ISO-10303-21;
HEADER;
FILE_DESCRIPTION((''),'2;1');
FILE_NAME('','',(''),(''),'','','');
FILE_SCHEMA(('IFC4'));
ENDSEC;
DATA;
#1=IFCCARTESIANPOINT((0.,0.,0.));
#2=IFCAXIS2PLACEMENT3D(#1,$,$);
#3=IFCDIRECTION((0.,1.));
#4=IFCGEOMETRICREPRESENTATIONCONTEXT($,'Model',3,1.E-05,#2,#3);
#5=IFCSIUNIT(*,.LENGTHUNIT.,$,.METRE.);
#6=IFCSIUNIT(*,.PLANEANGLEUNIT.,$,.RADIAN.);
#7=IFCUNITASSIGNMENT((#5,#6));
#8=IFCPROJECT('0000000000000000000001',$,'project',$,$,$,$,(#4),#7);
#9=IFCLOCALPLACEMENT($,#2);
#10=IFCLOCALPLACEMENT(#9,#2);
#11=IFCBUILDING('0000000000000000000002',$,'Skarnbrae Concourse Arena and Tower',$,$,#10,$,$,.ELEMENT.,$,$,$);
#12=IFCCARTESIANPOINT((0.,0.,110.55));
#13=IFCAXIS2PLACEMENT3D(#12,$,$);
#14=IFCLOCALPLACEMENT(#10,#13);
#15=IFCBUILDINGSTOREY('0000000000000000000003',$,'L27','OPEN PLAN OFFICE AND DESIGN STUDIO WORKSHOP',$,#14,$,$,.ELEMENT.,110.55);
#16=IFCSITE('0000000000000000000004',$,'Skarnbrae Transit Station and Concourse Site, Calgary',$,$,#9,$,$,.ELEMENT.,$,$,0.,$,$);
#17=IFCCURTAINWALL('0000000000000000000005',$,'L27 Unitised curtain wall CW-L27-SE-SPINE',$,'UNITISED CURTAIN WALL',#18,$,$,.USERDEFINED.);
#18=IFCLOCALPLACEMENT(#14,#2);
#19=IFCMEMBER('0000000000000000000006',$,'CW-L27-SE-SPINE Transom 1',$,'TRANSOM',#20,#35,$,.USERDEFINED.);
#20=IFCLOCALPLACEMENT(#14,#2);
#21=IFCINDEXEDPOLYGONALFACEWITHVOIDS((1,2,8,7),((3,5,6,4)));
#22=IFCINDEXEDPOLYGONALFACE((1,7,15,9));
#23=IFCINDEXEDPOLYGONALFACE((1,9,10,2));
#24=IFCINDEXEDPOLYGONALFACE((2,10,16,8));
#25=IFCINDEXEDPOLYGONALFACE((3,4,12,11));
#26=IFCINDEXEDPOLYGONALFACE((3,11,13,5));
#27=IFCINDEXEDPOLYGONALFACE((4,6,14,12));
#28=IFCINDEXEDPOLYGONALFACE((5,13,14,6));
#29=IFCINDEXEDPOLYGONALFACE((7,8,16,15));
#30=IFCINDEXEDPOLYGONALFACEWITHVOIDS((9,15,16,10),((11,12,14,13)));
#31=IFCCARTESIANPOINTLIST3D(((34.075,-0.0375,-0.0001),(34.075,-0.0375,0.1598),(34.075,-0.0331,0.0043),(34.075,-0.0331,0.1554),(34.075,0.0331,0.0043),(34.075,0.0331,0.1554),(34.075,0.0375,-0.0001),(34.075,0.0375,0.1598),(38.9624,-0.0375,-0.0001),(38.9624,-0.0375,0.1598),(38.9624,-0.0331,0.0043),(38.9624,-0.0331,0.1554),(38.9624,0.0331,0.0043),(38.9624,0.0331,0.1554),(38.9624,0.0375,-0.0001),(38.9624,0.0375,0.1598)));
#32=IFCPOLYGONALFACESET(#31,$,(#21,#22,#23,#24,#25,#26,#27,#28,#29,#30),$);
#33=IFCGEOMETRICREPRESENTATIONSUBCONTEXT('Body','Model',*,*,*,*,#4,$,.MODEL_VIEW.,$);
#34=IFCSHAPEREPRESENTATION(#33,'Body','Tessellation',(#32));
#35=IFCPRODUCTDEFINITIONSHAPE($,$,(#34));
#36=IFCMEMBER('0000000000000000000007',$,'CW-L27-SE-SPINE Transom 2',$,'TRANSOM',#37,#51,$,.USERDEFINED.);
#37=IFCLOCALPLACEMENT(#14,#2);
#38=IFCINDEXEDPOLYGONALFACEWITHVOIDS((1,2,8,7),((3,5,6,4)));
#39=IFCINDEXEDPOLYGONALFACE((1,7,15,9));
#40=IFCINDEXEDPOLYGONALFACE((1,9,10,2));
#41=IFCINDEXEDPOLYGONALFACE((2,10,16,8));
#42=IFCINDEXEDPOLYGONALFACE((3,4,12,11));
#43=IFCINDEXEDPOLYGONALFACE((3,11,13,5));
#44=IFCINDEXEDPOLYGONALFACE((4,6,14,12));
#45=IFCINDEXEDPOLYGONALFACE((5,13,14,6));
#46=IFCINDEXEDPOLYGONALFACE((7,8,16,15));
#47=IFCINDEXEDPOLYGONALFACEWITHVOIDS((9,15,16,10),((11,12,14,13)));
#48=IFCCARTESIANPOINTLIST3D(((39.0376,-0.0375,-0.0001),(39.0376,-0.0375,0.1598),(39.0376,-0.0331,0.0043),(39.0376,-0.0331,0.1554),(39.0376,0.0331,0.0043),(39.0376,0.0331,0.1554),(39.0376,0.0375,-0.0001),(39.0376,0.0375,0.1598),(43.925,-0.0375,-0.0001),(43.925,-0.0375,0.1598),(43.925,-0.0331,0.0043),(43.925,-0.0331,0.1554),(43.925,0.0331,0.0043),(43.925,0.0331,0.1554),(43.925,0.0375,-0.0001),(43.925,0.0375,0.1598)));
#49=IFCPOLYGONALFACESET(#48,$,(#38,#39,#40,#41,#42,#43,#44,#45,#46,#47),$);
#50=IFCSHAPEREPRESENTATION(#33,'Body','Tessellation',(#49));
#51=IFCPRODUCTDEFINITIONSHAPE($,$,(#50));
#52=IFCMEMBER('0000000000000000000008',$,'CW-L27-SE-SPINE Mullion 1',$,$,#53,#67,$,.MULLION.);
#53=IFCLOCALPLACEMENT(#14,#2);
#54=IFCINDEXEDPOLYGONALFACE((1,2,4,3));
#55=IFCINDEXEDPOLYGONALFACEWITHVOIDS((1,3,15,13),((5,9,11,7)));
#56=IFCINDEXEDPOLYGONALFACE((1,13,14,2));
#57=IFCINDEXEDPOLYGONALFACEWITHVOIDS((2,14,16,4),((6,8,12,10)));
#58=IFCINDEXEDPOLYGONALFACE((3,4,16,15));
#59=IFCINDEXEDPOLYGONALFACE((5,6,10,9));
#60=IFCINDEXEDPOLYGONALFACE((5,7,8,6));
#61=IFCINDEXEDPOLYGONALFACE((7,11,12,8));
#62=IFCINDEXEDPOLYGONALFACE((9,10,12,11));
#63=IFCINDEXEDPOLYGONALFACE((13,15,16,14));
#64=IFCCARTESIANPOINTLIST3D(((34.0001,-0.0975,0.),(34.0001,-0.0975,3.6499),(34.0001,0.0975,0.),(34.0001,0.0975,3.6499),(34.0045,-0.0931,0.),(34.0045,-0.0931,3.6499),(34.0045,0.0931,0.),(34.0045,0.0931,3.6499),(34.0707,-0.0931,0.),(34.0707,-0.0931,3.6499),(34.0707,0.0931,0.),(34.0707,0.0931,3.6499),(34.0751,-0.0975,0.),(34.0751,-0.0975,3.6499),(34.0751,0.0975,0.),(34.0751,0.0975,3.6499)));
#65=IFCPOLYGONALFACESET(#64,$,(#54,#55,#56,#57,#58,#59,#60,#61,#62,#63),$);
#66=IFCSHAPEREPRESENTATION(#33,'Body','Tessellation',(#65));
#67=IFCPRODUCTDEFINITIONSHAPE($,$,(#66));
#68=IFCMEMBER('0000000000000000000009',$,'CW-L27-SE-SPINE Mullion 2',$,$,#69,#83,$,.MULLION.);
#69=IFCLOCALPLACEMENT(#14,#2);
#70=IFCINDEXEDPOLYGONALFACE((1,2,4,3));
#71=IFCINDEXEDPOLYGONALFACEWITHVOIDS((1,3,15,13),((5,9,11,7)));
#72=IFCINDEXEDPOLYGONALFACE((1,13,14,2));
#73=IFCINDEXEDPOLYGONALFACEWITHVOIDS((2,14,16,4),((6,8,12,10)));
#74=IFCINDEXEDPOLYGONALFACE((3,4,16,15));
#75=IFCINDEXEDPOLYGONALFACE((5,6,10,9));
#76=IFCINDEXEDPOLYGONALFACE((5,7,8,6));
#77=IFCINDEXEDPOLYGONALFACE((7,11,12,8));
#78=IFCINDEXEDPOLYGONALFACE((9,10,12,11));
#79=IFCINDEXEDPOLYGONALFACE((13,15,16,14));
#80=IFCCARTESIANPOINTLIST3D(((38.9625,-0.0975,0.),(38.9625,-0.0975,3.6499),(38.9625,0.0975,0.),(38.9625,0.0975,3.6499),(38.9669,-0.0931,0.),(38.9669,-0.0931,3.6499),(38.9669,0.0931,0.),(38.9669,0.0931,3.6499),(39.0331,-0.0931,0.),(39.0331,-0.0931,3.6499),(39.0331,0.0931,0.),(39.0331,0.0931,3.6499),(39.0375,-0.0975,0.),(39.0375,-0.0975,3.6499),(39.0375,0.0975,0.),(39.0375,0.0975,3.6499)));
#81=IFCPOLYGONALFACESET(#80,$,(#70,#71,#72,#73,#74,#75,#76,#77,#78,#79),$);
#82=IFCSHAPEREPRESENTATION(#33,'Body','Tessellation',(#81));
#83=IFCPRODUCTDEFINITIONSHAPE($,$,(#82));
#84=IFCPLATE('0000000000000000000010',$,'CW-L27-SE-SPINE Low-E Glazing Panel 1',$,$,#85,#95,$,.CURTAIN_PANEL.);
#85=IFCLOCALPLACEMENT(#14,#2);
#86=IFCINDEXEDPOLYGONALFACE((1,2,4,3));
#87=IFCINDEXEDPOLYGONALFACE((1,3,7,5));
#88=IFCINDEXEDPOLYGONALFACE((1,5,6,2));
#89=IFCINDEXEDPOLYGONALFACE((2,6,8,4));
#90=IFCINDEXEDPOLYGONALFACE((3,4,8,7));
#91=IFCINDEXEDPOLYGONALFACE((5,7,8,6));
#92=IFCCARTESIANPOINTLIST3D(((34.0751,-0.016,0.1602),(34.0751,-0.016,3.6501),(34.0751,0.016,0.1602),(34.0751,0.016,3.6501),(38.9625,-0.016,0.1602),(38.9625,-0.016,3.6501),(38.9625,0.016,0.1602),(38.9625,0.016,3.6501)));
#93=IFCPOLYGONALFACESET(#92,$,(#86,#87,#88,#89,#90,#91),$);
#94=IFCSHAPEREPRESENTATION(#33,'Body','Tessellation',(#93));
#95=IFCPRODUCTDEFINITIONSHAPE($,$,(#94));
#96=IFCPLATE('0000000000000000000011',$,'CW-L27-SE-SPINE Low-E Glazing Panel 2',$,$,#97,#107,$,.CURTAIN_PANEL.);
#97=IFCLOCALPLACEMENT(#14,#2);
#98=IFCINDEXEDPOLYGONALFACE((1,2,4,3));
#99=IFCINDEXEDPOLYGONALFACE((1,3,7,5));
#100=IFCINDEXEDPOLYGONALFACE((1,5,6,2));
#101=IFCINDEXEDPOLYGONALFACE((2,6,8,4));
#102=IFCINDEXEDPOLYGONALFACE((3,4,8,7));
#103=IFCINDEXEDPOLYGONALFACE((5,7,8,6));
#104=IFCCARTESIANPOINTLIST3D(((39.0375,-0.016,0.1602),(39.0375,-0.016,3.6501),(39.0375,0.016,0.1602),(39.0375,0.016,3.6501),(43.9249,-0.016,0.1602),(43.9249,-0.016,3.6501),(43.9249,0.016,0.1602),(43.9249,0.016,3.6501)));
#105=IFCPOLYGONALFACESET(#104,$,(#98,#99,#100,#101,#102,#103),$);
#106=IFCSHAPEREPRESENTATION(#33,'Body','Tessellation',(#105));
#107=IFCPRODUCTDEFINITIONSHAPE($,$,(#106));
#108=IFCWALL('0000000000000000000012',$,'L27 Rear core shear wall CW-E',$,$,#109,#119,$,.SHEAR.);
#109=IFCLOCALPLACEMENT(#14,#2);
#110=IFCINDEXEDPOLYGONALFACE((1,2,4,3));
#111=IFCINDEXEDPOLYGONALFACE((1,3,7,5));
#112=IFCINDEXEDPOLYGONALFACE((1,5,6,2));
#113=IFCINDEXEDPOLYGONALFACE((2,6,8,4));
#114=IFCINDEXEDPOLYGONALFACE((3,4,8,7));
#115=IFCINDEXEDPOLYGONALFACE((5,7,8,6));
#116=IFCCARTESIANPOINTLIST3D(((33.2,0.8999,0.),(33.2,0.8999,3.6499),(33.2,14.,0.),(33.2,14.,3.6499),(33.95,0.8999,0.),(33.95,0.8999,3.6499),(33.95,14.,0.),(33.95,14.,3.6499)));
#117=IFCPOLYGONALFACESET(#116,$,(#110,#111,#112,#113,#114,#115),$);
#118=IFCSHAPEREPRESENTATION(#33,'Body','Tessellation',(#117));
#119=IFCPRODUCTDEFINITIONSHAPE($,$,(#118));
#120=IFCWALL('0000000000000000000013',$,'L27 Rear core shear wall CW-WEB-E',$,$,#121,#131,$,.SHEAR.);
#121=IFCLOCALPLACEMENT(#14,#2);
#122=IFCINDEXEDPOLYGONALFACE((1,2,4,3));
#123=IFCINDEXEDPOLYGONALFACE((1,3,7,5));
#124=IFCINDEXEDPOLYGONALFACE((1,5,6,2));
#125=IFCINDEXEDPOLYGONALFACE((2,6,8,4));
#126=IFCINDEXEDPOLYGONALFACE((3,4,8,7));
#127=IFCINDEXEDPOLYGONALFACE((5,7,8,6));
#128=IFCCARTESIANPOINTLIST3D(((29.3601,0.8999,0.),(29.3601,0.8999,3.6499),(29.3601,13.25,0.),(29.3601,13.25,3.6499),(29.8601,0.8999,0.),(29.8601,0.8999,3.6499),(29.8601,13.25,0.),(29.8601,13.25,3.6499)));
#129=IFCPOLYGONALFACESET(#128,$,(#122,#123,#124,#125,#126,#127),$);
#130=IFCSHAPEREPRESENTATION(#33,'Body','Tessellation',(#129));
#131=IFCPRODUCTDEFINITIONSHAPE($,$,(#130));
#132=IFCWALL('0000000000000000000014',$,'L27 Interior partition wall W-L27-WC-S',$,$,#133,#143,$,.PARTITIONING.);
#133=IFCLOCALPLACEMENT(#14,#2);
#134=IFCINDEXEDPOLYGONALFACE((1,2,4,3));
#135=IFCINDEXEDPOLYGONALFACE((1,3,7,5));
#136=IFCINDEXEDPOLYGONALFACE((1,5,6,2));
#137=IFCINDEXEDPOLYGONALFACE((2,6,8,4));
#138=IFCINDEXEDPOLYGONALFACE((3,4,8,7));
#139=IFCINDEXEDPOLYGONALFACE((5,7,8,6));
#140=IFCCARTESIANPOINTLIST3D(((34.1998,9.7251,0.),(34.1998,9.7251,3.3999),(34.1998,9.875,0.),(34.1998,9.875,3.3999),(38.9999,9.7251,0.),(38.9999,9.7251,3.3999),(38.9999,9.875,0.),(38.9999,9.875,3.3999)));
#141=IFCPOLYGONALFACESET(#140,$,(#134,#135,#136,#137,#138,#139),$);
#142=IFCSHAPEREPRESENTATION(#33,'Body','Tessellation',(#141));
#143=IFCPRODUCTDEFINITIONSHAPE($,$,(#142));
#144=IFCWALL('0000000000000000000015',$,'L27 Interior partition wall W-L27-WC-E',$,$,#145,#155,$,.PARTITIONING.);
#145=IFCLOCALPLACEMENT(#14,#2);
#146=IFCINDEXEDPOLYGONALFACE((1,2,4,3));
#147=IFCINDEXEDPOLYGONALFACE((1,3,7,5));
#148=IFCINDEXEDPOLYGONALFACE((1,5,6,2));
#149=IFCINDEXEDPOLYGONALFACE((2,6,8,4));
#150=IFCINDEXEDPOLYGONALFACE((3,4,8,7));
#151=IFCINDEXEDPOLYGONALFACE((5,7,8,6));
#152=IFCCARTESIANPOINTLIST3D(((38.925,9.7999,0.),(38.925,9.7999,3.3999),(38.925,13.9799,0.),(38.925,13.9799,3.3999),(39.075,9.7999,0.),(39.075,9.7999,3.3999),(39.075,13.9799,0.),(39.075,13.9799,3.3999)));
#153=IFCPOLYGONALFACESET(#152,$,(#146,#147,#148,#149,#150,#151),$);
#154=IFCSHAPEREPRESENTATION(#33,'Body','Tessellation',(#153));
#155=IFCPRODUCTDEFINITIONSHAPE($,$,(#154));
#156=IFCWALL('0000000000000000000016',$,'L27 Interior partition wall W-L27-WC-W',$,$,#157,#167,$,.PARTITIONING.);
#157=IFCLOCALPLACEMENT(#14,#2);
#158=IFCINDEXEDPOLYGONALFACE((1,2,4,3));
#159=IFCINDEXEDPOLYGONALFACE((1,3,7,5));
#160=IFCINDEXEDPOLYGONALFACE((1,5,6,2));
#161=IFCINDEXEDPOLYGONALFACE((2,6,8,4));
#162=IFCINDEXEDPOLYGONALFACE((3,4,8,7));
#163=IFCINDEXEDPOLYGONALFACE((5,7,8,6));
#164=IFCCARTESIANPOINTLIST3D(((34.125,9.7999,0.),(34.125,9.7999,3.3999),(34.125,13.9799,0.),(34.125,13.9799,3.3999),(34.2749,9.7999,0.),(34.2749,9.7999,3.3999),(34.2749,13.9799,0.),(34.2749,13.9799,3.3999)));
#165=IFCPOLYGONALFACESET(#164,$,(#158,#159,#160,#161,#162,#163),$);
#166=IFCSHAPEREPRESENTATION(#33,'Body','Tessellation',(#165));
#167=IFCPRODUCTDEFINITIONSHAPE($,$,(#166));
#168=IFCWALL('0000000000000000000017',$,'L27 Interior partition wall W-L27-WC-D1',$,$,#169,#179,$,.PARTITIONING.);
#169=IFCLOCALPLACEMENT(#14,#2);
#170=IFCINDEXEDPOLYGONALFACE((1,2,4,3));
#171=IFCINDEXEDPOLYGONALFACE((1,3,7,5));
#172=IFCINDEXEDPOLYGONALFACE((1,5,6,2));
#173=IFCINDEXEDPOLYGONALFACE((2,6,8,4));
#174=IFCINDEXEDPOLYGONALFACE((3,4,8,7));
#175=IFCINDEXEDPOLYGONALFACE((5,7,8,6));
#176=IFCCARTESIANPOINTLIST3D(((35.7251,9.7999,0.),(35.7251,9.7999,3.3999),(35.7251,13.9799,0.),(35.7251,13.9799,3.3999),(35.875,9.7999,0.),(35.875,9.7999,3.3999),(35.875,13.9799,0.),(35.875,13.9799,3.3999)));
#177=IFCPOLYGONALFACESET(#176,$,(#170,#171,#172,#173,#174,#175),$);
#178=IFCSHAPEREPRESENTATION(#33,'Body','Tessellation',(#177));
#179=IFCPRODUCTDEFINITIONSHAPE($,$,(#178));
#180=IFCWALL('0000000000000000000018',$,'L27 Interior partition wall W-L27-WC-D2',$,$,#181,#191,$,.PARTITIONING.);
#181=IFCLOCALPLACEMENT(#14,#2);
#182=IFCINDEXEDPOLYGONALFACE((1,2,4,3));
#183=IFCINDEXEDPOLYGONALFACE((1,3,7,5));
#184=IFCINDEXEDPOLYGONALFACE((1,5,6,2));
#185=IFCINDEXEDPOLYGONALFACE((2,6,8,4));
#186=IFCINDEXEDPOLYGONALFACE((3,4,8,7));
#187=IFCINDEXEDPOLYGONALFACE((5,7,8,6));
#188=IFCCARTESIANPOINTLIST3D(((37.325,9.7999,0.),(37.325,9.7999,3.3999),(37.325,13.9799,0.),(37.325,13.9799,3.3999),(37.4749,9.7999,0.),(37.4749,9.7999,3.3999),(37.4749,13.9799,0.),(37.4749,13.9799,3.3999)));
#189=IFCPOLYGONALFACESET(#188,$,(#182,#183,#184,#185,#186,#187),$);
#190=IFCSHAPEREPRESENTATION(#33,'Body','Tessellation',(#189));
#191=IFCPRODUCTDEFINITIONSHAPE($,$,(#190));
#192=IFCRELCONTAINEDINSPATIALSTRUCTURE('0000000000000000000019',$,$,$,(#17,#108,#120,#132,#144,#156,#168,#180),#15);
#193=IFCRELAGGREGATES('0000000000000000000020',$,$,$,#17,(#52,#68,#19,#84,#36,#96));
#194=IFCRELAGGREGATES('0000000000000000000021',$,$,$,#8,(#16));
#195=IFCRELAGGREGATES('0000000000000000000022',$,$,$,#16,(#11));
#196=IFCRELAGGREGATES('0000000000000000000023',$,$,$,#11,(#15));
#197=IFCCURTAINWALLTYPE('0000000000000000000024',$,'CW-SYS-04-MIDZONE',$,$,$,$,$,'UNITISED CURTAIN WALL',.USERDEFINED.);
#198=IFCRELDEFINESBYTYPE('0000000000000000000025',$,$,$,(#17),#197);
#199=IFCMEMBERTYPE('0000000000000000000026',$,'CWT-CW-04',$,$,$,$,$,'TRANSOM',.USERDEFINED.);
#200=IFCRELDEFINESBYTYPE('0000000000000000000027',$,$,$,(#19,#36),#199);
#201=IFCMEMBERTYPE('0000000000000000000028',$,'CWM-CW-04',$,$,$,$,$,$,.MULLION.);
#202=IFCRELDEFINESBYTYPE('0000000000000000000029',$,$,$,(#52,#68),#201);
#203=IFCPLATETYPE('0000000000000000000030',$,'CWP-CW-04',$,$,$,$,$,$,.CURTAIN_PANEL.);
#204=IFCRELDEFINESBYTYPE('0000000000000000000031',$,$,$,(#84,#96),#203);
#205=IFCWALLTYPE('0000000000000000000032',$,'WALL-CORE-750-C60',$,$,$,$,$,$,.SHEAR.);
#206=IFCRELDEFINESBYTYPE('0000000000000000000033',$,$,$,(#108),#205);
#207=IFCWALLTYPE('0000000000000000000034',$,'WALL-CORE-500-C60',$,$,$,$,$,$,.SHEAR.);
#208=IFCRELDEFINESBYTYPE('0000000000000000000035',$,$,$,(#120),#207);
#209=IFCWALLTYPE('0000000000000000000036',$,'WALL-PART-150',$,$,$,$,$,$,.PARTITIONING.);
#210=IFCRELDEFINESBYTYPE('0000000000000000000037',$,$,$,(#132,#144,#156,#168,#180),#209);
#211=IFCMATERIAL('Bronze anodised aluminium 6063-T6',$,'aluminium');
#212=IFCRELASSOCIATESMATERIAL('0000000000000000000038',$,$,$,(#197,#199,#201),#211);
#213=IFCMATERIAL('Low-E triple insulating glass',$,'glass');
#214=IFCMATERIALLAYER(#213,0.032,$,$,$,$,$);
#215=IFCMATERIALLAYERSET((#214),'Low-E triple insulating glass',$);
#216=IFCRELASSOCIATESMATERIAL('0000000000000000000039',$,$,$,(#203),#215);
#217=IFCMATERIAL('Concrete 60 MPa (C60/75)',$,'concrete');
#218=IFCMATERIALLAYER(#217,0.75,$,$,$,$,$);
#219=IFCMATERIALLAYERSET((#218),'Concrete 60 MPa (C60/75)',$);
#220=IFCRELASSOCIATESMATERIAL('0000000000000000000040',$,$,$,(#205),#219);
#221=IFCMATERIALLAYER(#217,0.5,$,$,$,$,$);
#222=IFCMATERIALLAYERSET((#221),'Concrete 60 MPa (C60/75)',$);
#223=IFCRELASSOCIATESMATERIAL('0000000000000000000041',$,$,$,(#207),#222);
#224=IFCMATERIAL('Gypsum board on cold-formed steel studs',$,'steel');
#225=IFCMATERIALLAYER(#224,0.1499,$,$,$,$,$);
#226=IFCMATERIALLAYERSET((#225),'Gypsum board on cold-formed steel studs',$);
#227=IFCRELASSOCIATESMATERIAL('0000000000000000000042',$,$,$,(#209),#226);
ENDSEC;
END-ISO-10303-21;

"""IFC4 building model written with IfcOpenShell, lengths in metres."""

from ifc_helpers import new_model, si_unit, direction, frame, frame_2d, origin, origin_2d, place, context, subcontext, project, spatial, rectangle, hollow_rectangle, extrude, source, transform, mapped, material, layer, layer_set, material_profile, profile_set, type_object, element, aggregate, save


model = new_model("IFC4")

# Units and contexts
model_context = context("Model", 3, precision=1e-05, world=origin(), true_north=direction((0.0, 1.0)))
body_context = subcontext(model_context, "Body", "Model", "MODEL_VIEW")
ifc_project = project(units=[si_unit("LENGTHUNIT", "METRE"), si_unit("PLANEANGLEUNIT", "RADIAN")], contexts=[model_context])

# Site, building, storey
site_placement = place(None, origin())
site = spatial("IfcSite", under=ifc_project, at=site_placement, Name="Skarnbrae Transit Station and Concourse Site, Calgary", CompositionType="ELEMENT", RefElevation=0.0)
building_placement = place(site_placement, origin())
building = spatial("IfcBuilding", under=site, at=building_placement, Name="Skarnbrae Concourse Arena and Tower", CompositionType="ELEMENT")
storey_placement = place(building_placement, frame((0.0, 0.0, 110.55)))
storey = spatial("IfcBuildingStorey", under=building, at=storey_placement, Name="L27", Description="OPEN PLAN OFFICE AND DESIGN STUDIO WORKSHOP", CompositionType="ELEMENT", Elevation=110.55)

# Curtain wall, members, plates
ifc_material_1 = material(Name="Bronze anodised aluminium 6063-T6", Category="aluminium")
curtain_wall_type = type_object("IfcCurtainWallType", Name="CW-SYS-04-MIDZONE", ElementType="UNITISED CURTAIN WALL", PredefinedType="USERDEFINED", material=ifc_material_1)
curtain_wall_placement = place(storey_placement, origin())
curtain_wall = element("IfcCurtainWall", 1, at=curtain_wall_placement, inside=storey, type_object=curtain_wall_type, Name="L27 Unitised curtain wall CW-L27-SE-SPINE", ObjectType="UNITISED CURTAIN WALL", PredefinedType="USERDEFINED")
ifc_material_profile_1 = material_profile(ifc_material_1, hollow_rectangle(XDim=0.075, YDim=0.1599, WallThickness=0.0044, at=origin_2d()), Name="ALU-TRAN-75X160")
ifc_profile_set_1 = profile_set([ifc_material_profile_1], Name="Bronze anodised aluminium 6063-T6")
member_type_1 = type_object("IfcMemberType", Name="CWT-CW-04", ElementType="TRANSOM", PredefinedType="USERDEFINED", material=ifc_profile_set_1)
shared_shape_1 = source(origin(), body_context, "Body", "SweptSolid", [
    extrude(hollow_rectangle(XDim=0.075, YDim=0.1599, WallThickness=0.0044, at=origin_2d()), origin(), (0.0, 0.0, 1.0), 4.8875),
])
member_1_placement = place(storey_placement, frame((34.075, 0.0, 0.0798), z_axis=(1.0, 0.0, 0.0), x_axis=(0.0, 1.0, 0.0)))
member_1 = element("IfcMember", 2, at=member_1_placement, type_object=member_type_1, Name="CW-L27-SE-SPINE Transom 1", ObjectType="TRANSOM", PredefinedType="USERDEFINED", context=body_context, shape_type="MappedRepresentation", body=[
    mapped(shared_shape_1, transform((0.0, 0.0, 0.0))),
])
member_2_placement = place(storey_placement, frame((39.0376, 0.0, 0.0798), z_axis=(1.0, 0.0, 0.0), x_axis=(0.0, 1.0, 0.0)))
member_2 = element("IfcMember", 3, at=member_2_placement, type_object=member_type_1, Name="CW-L27-SE-SPINE Transom 2", ObjectType="TRANSOM", PredefinedType="USERDEFINED", context=body_context, shape_type="MappedRepresentation", body=[
    mapped(shared_shape_1, transform((0.0, 0.0, 0.0))),
])
ifc_material_profile_2 = material_profile(ifc_material_1, hollow_rectangle(XDim=0.075, YDim=0.1951, WallThickness=0.0044, at=origin_2d()), Name="ALU-MULL-75X195")
ifc_profile_set_2 = profile_set([ifc_material_profile_2], Name="Bronze anodised aluminium 6063-T6")
member_type_2 = type_object("IfcMemberType", Name="CWM-CW-04", PredefinedType="MULLION", material=ifc_profile_set_2)
shared_shape_2 = source(origin(), body_context, "Body", "SweptSolid", [
    extrude(hollow_rectangle(XDim=0.075, YDim=0.1951, WallThickness=0.0044, at=origin_2d()), origin(), (0.0, 0.0, 1.0), 3.6499),
])
member_3_placement = place(storey_placement, frame((34.0376, 0.0, 0.0), z_axis=(0.0, 0.0, 1.0), x_axis=(1.0, 0.0, 0.0)))
member_3 = element("IfcMember", 4, at=member_3_placement, type_object=member_type_2, Name="CW-L27-SE-SPINE Mullion 1", PredefinedType="MULLION", context=body_context, shape_type="MappedRepresentation", body=[
    mapped(shared_shape_2, transform((0.0, 0.0, 0.0))),
])
member_4_placement = place(storey_placement, frame((39.0, 0.0, 0.0), z_axis=(0.0, 0.0, 1.0), x_axis=(1.0, 0.0, 0.0)))
member_4 = element("IfcMember", 5, at=member_4_placement, type_object=member_type_2, Name="CW-L27-SE-SPINE Mullion 2", PredefinedType="MULLION", context=body_context, shape_type="MappedRepresentation", body=[
    mapped(shared_shape_2, transform((0.0, 0.0, 0.0))),
])
ifc_material_2 = material(Name="Low-E triple insulating glass", Category="glass")
ifc_layer_1 = layer(ifc_material_2, 0.032)
ifc_layer_set_1 = layer_set([ifc_layer_1], Name="Low-E triple insulating glass")
plate_type = type_object("IfcPlateType", Name="CWP-CW-04", PredefinedType="CURTAIN_PANEL", material=ifc_layer_set_1)
shared_shape_3 = source(origin(), body_context, "Body", "SweptSolid", [
    extrude(rectangle(XDim=4.8875, YDim=0.032, at=origin_2d()), origin(), (0.0, 0.0, 1.0), 3.49),
])
plate_1_placement = place(storey_placement, frame((36.5188, 0.0, 0.1602), z_axis=(0.0, 0.0, 1.0), x_axis=(1.0, 0.0, 0.0)))
plate_1 = element("IfcPlate", 6, at=plate_1_placement, type_object=plate_type, Name="CW-L27-SE-SPINE Low-E Glazing Panel 1", PredefinedType="CURTAIN_PANEL", context=body_context, shape_type="MappedRepresentation", body=[
    mapped(shared_shape_3, transform((0.0, 0.0, 0.0))),
])
plate_2_placement = place(storey_placement, frame((41.4812, 0.0, 0.1602), z_axis=(0.0, 0.0, 1.0), x_axis=(1.0, 0.0, 0.0)))
plate_2 = element("IfcPlate", 7, at=plate_2_placement, type_object=plate_type, Name="CW-L27-SE-SPINE Low-E Glazing Panel 2", PredefinedType="CURTAIN_PANEL", context=body_context, shape_type="MappedRepresentation", body=[
    mapped(shared_shape_3, transform((0.0, 0.0, 0.0))),
])
aggregate(curtain_wall, [member_3, member_4, member_1, plate_1, member_2, plate_2])

# Walls
ifc_material_3 = material(Name="Concrete 60 MPa (C60/75)", Category="concrete")
ifc_layer_2 = layer(ifc_material_3, 0.75)
ifc_layer_set_2 = layer_set([ifc_layer_2], Name="Concrete 60 MPa (C60/75)")
wall_type_1 = type_object("IfcWallType", Name="WALL-CORE-750-C60", PredefinedType="SHEAR", material=ifc_layer_set_2)
shared_shape_4 = source(origin(), body_context, "Body", "SweptSolid", [
    extrude(rectangle(XDim=13.1001, YDim=0.75, at=frame_2d((6.55, 0.0))), origin(), (0.0, 0.0, 1.0), 3.6499),
])
wall_1_placement = place(storey_placement, frame((33.575, 0.8999, 0.0), z_axis=(0.0, 0.0, 1.0), x_axis=(0.0, 1.0, 0.0)))
element("IfcWall", 8, at=wall_1_placement, inside=storey, type_object=wall_type_1, Name="L27 Rear core shear wall CW-E", PredefinedType="SHEAR", context=body_context, shape_type="MappedRepresentation", body=[
    mapped(shared_shape_4, transform((0.0, 0.0, 0.0))),
])
ifc_layer_3 = layer(ifc_material_3, 0.5)
ifc_layer_set_3 = layer_set([ifc_layer_3], Name="Concrete 60 MPa (C60/75)")
wall_type_2 = type_object("IfcWallType", Name="WALL-CORE-500-C60", PredefinedType="SHEAR", material=ifc_layer_set_3)
shared_shape_5 = source(origin(), body_context, "Body", "SweptSolid", [
    extrude(rectangle(XDim=12.3501, YDim=0.5, at=frame_2d((6.175, 0.0))), origin(), (0.0, 0.0, 1.0), 3.6499),
])
wall_2_placement = place(storey_placement, frame((29.6101, 0.8999, 0.0), z_axis=(0.0, 0.0, 1.0), x_axis=(0.0, 1.0, 0.0)))
element("IfcWall", 9, at=wall_2_placement, inside=storey, type_object=wall_type_2, Name="L27 Rear core shear wall CW-WEB-E", PredefinedType="SHEAR", context=body_context, shape_type="MappedRepresentation", body=[
    mapped(shared_shape_5, transform((0.0, 0.0, 0.0))),
])
ifc_material_4 = material(Name="Gypsum board on cold-formed steel studs", Category="steel")
ifc_layer_4 = layer(ifc_material_4, 0.1499)
ifc_layer_set_4 = layer_set([ifc_layer_4], Name="Gypsum board on cold-formed steel studs")
wall_type_3 = type_object("IfcWallType", Name="WALL-PART-150", PredefinedType="PARTITIONING", material=ifc_layer_set_4)
shared_shape_6 = source(origin(), body_context, "Body", "SweptSolid", [
    extrude(rectangle(XDim=4.8, YDim=0.1499, at=frame_2d((2.3999, 0.0))), origin(), (0.0, 0.0, 1.0), 3.3999),
])
wall_3_placement = place(storey_placement, frame((34.2, 9.8, 0.0), z_axis=(0.0, 0.0, 1.0), x_axis=(1.0, 0.0, 0.0)))
element("IfcWall", 10, at=wall_3_placement, inside=storey, type_object=wall_type_3, Name="L27 Interior partition wall W-L27-WC-S", PredefinedType="PARTITIONING", context=body_context, shape_type="MappedRepresentation", body=[
    mapped(shared_shape_6, transform((0.0, 0.0, 0.0))),
])
shared_shape_7 = source(origin(), body_context, "Body", "SweptSolid", [
    extrude(rectangle(XDim=4.1799, YDim=0.1499, at=frame_2d((2.0898, 0.0))), origin(), (0.0, 0.0, 1.0), 3.3999),
])
for number, where, z_axis, x_axis, name in (
    (11, (39.0, 9.8, 0.0), (0.0, 0.0, 1.0), (0.0, 1.0, 0.0), "L27 Interior partition wall W-L27-WC-E"),
    (12, (34.2, 9.8, 0.0), (0.0, 0.0, 1.0), (0.0, 1.0, 0.0), "L27 Interior partition wall W-L27-WC-W"),
    (13, (35.8, 9.8, 0.0), (0.0, 0.0, 1.0), (0.0, 1.0, 0.0), "L27 Interior partition wall W-L27-WC-D1"),
    (14, (37.3999, 9.8, 0.0), (0.0, 0.0, 1.0), (0.0, 1.0, 0.0), "L27 Interior partition wall W-L27-WC-D2"),
):
    element("IfcWall", number, at=place(storey_placement, frame(where, z_axis=z_axis, x_axis=x_axis)), inside=storey, type_object=wall_type_3, Name=name, PredefinedType="PARTITIONING", context=body_context, shape_type="MappedRepresentation", body=[
        mapped(shared_shape_7, transform((0.0, 0.0, 0.0))),
    ])

save(model, "model.ifc")
